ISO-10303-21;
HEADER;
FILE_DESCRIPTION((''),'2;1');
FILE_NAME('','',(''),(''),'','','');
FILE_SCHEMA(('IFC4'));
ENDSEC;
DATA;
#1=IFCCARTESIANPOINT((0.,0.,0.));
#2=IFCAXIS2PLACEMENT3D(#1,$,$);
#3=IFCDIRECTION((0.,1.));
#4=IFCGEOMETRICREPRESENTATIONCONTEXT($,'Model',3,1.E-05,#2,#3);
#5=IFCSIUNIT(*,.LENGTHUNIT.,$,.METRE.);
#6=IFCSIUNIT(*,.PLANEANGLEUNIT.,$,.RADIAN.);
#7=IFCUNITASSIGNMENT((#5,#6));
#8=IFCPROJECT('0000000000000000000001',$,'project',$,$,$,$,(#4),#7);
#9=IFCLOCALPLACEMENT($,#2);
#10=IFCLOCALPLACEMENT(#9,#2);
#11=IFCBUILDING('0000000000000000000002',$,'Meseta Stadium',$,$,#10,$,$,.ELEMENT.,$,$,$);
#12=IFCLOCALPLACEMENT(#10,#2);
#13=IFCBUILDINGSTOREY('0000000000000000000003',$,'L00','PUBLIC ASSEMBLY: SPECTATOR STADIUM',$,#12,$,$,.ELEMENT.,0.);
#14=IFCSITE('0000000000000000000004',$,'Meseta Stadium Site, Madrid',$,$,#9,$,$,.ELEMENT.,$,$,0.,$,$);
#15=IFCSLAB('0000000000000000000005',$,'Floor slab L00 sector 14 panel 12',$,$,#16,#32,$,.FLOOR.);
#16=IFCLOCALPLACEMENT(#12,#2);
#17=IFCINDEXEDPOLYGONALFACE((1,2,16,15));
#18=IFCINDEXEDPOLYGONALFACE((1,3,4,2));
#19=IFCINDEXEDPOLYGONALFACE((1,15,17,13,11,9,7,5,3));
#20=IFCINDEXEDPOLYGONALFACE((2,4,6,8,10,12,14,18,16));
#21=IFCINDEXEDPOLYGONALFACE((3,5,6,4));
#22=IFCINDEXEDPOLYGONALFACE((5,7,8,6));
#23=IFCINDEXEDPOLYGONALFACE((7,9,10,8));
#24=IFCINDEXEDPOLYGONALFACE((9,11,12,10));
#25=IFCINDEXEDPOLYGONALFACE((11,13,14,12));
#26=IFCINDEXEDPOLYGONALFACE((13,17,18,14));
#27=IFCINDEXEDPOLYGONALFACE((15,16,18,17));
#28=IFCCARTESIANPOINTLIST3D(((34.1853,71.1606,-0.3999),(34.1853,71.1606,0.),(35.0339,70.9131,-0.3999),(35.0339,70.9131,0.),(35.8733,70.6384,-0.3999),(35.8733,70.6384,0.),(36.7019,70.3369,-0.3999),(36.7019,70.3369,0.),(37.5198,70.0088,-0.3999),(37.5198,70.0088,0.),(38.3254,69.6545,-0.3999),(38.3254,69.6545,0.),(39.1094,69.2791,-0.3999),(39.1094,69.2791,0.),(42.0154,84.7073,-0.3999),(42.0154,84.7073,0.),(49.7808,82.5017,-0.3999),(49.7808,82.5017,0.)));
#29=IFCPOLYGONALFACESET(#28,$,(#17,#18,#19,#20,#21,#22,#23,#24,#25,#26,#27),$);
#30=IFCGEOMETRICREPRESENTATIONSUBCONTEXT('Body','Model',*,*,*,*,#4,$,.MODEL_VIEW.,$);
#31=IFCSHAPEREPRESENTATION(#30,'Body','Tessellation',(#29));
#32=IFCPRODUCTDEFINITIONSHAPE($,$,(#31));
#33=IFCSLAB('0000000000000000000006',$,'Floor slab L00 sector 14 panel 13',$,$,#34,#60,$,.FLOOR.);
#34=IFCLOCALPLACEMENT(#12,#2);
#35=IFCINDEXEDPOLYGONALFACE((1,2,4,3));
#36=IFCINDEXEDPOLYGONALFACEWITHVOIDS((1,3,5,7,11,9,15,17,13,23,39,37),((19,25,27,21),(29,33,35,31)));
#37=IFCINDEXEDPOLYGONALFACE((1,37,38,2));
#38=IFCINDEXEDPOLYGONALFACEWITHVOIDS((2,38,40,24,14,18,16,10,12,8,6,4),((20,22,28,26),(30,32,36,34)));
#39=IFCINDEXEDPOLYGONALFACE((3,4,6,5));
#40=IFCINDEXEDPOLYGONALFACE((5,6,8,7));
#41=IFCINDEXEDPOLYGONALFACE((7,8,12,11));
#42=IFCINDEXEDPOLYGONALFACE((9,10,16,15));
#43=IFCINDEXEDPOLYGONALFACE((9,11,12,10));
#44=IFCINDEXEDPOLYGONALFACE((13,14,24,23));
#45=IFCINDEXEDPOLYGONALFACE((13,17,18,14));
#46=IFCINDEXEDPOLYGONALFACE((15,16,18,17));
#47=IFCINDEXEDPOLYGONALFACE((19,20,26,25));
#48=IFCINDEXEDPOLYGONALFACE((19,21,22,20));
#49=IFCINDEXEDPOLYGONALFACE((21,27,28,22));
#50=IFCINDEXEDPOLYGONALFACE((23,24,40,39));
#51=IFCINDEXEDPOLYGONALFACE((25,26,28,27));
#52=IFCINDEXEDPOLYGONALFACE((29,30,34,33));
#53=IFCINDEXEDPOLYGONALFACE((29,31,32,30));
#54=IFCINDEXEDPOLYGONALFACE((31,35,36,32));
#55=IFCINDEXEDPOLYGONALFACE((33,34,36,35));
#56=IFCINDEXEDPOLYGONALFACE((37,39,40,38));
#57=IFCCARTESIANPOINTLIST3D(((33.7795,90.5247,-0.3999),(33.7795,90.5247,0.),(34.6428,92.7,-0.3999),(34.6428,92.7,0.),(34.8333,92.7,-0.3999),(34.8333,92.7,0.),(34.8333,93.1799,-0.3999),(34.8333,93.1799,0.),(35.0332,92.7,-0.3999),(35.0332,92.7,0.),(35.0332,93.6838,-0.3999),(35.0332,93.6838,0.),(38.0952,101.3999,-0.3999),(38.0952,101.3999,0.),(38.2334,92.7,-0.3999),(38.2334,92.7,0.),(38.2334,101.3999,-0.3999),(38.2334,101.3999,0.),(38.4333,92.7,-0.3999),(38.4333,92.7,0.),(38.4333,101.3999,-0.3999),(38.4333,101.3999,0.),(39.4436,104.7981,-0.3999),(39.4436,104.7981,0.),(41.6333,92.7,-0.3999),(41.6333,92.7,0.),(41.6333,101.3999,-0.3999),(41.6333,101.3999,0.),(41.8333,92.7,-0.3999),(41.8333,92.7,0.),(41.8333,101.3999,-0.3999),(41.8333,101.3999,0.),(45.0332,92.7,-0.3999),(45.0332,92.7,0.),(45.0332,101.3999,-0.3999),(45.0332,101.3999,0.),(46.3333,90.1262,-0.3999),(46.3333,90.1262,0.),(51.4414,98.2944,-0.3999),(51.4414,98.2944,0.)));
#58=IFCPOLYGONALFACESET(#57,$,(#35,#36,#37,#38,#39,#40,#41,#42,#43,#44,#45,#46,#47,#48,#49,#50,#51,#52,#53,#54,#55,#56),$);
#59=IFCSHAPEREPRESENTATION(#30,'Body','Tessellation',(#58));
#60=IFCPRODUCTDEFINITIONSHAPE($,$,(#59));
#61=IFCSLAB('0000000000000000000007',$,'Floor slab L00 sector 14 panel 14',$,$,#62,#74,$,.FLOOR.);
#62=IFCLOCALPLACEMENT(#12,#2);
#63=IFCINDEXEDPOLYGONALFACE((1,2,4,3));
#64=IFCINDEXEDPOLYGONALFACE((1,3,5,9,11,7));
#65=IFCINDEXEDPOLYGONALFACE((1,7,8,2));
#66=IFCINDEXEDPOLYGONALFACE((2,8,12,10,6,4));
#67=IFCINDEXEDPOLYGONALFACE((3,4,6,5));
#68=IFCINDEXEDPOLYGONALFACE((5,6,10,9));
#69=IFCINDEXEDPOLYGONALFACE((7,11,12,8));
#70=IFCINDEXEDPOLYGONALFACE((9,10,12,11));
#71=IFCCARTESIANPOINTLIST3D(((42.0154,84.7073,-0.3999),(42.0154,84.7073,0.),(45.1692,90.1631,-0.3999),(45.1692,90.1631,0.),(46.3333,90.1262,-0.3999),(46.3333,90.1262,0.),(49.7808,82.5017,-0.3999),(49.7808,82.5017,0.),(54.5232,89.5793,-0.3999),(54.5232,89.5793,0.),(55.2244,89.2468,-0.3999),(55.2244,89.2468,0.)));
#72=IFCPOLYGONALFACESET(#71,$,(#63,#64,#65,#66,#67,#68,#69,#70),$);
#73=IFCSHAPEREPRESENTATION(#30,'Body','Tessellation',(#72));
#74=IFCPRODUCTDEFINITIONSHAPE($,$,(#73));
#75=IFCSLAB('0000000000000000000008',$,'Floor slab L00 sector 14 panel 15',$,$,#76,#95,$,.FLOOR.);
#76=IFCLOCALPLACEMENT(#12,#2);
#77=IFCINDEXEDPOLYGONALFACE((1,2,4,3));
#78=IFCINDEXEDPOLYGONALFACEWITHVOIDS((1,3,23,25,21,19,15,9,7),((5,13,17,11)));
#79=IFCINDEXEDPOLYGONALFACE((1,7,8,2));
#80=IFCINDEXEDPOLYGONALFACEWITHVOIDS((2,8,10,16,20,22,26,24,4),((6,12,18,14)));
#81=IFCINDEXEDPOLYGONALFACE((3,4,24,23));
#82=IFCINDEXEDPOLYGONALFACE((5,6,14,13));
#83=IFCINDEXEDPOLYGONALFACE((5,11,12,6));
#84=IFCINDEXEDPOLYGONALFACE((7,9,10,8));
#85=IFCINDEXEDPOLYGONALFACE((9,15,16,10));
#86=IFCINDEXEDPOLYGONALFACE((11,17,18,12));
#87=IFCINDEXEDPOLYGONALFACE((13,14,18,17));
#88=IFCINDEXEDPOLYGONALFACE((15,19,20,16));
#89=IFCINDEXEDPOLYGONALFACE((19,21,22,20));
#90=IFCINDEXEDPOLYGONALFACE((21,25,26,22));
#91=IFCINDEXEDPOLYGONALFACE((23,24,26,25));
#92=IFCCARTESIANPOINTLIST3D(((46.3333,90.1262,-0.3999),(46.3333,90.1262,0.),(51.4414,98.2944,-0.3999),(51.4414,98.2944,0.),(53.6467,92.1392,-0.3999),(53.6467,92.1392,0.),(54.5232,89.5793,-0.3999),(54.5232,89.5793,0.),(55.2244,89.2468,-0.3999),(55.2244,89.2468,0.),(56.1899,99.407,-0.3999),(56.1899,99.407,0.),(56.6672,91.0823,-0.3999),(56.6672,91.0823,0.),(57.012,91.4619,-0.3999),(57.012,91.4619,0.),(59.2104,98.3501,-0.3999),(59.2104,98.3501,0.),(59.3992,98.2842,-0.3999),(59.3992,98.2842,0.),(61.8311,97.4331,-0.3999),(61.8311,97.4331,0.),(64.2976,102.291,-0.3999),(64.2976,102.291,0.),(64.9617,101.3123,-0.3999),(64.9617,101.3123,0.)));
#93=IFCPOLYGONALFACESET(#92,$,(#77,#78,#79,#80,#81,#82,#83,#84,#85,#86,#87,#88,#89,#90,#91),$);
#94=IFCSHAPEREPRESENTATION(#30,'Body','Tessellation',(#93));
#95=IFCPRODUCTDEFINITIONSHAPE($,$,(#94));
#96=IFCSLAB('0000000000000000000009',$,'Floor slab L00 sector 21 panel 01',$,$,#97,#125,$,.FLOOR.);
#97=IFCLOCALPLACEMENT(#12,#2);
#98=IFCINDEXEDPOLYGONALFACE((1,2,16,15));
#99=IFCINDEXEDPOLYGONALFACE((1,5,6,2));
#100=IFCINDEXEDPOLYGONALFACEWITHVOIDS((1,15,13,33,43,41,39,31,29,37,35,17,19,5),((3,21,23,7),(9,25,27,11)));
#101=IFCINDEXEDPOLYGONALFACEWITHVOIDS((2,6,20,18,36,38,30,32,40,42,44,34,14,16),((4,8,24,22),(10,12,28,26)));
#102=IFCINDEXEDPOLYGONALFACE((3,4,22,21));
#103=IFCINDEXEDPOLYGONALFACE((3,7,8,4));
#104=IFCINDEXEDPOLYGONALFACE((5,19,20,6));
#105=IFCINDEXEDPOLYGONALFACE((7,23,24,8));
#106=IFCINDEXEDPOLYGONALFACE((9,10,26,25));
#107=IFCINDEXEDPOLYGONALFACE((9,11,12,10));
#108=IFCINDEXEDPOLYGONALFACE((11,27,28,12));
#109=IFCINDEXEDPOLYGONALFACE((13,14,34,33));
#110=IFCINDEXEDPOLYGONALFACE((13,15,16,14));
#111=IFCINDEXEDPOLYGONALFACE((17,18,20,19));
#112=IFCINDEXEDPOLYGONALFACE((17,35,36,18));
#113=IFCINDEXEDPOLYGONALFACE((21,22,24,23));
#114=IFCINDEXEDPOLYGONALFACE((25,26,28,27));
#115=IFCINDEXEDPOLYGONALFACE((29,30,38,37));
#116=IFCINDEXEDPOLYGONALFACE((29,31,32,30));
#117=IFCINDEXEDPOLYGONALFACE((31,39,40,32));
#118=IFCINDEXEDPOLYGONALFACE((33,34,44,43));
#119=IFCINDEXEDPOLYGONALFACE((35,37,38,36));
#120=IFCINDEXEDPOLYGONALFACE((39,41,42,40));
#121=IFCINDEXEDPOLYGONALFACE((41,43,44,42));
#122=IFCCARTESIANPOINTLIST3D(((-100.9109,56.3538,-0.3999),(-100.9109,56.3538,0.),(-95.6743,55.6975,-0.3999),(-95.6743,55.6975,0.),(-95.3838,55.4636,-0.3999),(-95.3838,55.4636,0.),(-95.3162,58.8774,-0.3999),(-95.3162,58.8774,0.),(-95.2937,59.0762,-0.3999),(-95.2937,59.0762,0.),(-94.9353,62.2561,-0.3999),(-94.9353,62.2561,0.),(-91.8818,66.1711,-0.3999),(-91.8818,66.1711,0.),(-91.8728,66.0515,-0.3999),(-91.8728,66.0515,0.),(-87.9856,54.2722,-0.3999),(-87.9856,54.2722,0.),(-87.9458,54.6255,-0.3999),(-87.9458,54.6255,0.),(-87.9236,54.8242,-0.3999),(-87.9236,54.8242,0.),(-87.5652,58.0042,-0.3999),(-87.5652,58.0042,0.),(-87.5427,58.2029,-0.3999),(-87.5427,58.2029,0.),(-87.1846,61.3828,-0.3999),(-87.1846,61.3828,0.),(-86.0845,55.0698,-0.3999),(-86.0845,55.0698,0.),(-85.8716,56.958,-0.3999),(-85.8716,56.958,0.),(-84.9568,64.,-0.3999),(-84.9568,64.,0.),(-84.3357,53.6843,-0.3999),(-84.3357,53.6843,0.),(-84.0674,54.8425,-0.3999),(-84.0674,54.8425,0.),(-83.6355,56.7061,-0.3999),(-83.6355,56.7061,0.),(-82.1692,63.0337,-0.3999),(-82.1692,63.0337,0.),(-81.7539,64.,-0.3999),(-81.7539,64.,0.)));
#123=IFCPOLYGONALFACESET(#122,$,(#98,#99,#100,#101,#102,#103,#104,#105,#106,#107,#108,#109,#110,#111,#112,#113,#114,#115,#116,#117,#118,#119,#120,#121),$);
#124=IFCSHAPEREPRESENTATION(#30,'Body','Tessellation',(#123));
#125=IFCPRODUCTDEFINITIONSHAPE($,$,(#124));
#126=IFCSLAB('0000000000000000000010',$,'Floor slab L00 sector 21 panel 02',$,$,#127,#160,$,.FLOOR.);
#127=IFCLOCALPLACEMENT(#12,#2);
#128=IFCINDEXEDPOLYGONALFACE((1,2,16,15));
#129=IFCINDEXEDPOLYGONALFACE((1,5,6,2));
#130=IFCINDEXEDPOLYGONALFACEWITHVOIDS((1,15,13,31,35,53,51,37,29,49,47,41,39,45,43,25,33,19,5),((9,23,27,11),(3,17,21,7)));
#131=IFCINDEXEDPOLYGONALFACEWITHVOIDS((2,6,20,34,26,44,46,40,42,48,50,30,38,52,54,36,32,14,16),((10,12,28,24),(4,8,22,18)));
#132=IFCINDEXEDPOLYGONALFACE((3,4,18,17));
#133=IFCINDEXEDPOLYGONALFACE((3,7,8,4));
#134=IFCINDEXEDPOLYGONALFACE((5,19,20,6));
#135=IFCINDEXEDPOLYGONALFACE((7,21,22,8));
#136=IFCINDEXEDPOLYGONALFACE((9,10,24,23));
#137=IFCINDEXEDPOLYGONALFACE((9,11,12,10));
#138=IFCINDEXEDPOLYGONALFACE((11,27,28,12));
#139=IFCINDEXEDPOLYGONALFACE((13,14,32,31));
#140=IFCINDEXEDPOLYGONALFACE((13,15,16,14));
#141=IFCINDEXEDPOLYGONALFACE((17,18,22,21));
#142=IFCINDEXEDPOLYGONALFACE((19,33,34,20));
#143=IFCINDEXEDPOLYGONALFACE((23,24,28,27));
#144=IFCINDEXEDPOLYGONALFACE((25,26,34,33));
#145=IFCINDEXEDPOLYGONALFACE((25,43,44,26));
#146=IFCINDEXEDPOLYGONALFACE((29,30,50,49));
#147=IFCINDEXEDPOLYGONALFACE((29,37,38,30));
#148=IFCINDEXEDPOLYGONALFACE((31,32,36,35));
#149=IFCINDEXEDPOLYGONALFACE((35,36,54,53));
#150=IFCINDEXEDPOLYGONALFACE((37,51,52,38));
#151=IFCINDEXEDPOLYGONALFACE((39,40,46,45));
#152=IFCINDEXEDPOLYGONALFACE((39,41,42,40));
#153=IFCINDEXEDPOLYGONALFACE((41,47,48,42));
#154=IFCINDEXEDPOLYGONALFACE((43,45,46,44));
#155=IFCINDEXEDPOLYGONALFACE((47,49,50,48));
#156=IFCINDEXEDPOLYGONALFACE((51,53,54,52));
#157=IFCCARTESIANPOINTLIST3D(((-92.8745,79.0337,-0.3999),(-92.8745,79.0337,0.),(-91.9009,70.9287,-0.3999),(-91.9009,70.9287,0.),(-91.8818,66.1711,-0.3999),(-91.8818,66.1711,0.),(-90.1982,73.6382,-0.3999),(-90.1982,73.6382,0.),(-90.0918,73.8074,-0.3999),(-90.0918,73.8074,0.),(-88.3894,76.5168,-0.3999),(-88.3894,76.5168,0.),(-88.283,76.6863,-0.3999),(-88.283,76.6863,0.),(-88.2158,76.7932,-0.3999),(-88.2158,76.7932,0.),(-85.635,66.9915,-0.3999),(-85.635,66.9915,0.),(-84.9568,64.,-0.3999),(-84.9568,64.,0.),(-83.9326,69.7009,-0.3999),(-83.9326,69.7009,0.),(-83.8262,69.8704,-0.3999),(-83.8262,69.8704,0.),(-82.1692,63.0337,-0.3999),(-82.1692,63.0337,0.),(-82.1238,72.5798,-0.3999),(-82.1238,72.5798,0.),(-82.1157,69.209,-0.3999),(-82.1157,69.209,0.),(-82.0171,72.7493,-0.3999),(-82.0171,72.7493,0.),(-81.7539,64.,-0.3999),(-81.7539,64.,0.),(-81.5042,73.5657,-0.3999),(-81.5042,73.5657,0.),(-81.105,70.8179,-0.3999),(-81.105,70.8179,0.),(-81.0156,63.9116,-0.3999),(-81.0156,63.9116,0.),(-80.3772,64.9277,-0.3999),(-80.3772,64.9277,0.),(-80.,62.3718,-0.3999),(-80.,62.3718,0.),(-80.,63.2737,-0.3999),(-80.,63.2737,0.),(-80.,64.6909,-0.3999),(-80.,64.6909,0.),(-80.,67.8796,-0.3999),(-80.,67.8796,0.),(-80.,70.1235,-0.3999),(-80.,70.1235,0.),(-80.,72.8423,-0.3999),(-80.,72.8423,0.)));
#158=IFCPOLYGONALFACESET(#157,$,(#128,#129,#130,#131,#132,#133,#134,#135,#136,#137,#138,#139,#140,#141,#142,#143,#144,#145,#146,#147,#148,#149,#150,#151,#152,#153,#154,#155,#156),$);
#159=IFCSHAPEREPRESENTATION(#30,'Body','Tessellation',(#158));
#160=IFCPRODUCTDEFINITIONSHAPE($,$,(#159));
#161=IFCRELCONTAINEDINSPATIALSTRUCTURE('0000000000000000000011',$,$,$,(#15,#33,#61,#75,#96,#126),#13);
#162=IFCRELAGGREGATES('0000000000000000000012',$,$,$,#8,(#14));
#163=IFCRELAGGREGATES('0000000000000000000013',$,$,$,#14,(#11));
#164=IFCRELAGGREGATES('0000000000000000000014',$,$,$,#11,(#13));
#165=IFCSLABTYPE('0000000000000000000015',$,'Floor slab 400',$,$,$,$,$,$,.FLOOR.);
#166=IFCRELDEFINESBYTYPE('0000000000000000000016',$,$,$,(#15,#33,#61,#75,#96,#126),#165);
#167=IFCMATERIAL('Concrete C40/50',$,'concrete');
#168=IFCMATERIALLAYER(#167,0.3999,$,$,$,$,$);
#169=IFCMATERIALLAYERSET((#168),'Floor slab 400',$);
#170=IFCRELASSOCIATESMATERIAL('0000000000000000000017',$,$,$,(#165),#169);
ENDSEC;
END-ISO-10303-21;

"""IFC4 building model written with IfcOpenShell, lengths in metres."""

from ifc_helpers import new_model, si_unit, direction, frame, origin, place, context, subcontext, project, spatial, polyline, outline, extrude, material, layer, layer_set, type_object, element, save


model = new_model("IFC4")

# Units and contexts
model_context = context("Model", 3, precision=1e-05, world=origin(), true_north=direction((0.0, 1.0)))
body_context = subcontext(model_context, "Body", "Model", "MODEL_VIEW")
ifc_project = project(units=[si_unit("LENGTHUNIT", "METRE"), si_unit("PLANEANGLEUNIT", "RADIAN")], contexts=[model_context])

# Site, building, storey
site_placement = place(None, origin())
site = spatial("IfcSite", under=ifc_project, at=site_placement, Name="Meseta Stadium Site, Madrid", CompositionType="ELEMENT", RefElevation=0.0)
building_placement = place(site_placement, origin())
building = spatial("IfcBuilding", under=site, at=building_placement, Name="Meseta Stadium", CompositionType="ELEMENT")
storey_placement = place(building_placement, origin())
storey = spatial("IfcBuildingStorey", under=building, at=storey_placement, Name="L00", Description="PUBLIC ASSEMBLY: SPECTATOR STADIUM", CompositionType="ELEMENT", Elevation=0.0)

# Slabs
ifc_material = material(Name="Concrete C40/50", Category="concrete")
ifc_layer = layer(ifc_material, 0.3999)
ifc_layer_set = layer_set([ifc_layer], Name="Floor slab 400")
slab_type = type_object("IfcSlabType", Name="Floor slab 400", PredefinedType="FLOOR", material=ifc_layer_set)
slab_1_placement = place(storey_placement, frame((0.0, 0.0, -0.3999)))
element("IfcSlab", 1, at=slab_1_placement, inside=storey, type_object=slab_type, Name="Floor slab L00 sector 14 panel 12", PredefinedType="FLOOR", context=body_context, shape_type="SweptSolid", body=[
    extrude(outline(polyline([(42.0154, 84.7073), (34.1853, 71.1606), (35.0339, 70.9131), (35.8733, 70.6384), (36.7019, 70.3369), (37.5198, 70.0088), (38.3254, 69.6545), (39.1094, 69.2791), (49.7808, 82.5017), (42.0154, 84.7073)])), origin(), (0.0, 0.0, 1.0), 0.3999),
])
slab_2_placement = place(storey_placement, frame((0.0, 0.0, -0.3999)))
element("IfcSlab", 2, at=slab_2_placement, inside=storey, type_object=slab_type, Name="Floor slab L00 sector 14 panel 13", PredefinedType="FLOOR", context=body_context, shape_type="SweptSolid", body=[
    extrude(outline(polyline([(34.6428, 92.7), (33.7795, 90.5247), (46.3333, 90.1262), (51.4414, 98.2944), (39.4436, 104.7981), (38.0952, 101.3999), (38.2334, 101.3999), (38.2334, 92.7), (35.0332, 92.7), (35.0332, 93.6838), (34.8333, 93.1799), (34.8333, 92.7), (34.6428, 92.7)]), holes=[polyline([(38.4333, 101.3999), (41.6333, 101.3999), (41.6333, 92.7), (38.4333, 92.7), (38.4333, 101.3999)]), polyline([(41.8333, 101.3999), (45.0332, 101.3999), (45.0332, 92.7), (41.8333, 92.7), (41.8333, 101.3999)])]), origin(), (0.0, 0.0, 1.0), 0.3999),
])
slab_3_placement = place(storey_placement, frame((0.0, 0.0, -0.3999)))
element("IfcSlab", 3, at=slab_3_placement, inside=storey, type_object=slab_type, Name="Floor slab L00 sector 14 panel 14", PredefinedType="FLOOR", context=body_context, shape_type="SweptSolid", body=[
    extrude(outline(polyline([(42.0154, 84.7073), (49.7808, 82.5017), (55.2244, 89.2468), (54.5232, 89.5793), (46.3333, 90.1262), (45.1692, 90.1631), (42.0154, 84.7073)])), origin(), (0.0, 0.0, 1.0), 0.3999),
])
slab_4_placement = place(storey_placement, frame((0.0, 0.0, -0.3999)))
element("IfcSlab", 4, at=slab_4_placement, inside=storey, type_object=slab_type, Name="Floor slab L00 sector 14 panel 15", PredefinedType="FLOOR", context=body_context, shape_type="SweptSolid", body=[
    extrude(outline(polyline([(59.3992, 98.2842), (61.8311, 97.4331), (64.9617, 101.3123), (64.2976, 102.291), (51.4414, 98.2944), (46.3333, 90.1262), (54.5232, 89.5793), (55.2244, 89.2468), (57.012, 91.4619), (59.3992, 98.2842)]), holes=[polyline([(56.6672, 91.0823), (53.6467, 92.1392), (56.1899, 99.407), (59.2104, 98.3501), (56.6672, 91.0823)])]), origin(), (0.0, 0.0, 1.0), 0.3999),
])
slab_5_placement = place(storey_placement, frame((0.0, 0.0, -0.3999)))
element("IfcSlab", 5, at=slab_5_placement, inside=storey, type_object=slab_type, Name="Floor slab L00 sector 21 panel 01", PredefinedType="FLOOR", context=body_context, shape_type="SweptSolid", body=[
    extrude(outline(polyline([(-87.9458, 54.6255), (-87.9856, 54.2722), (-84.3357, 53.6843), (-84.0674, 54.8425), (-86.0845, 55.0698), (-85.8716, 56.958), (-83.6355, 56.7061), (-82.1692, 63.0337), (-81.7539, 64.0), (-84.9568, 64.0), (-91.8818, 66.1711), (-91.8728, 66.0515), (-100.9109, 56.3538), (-95.3838, 55.4636), (-87.9458, 54.6255)]), holes=[polyline([(-95.6743, 55.6975), (-95.3162, 58.8774), (-87.5652, 58.0042), (-87.9236, 54.8242), (-95.6743, 55.6975)]), polyline([(-95.2937, 59.0762), (-94.9353, 62.2561), (-87.1846, 61.3828), (-87.5427, 58.2029), (-95.2937, 59.0762)])]), origin(), (0.0, 0.0, 1.0), 0.3999),
])
slab_6_placement = place(storey_placement, frame((0.0, 0.0, -0.3999)))
element("IfcSlab", 6, at=slab_6_placement, inside=storey, type_object=slab_type, Name="Floor slab L00 sector 21 panel 02", PredefinedType="FLOOR", context=body_context, shape_type="SweptSolid", body=[
    extrude(outline(polyline([(-80.0, 70.1235), (-80.0, 72.8423), (-81.5042, 73.5657), (-82.0171, 72.7493), (-88.283, 76.6863), (-88.2158, 76.7932), (-92.8745, 79.0337), (-91.8818, 66.1711), (-84.9568, 64.0), (-81.7539, 64.0), (-82.1692, 63.0337), (-80.0, 62.3718), (-80.0, 63.2737), (-81.0156, 63.9116), (-80.3772, 64.9277), (-80.0, 64.6909), (-80.0, 67.8796), (-82.1157, 69.209), (-81.105, 70.8179), (-80.0, 70.1235)]), holes=[polyline([(-91.9009, 70.9287), (-90.1982, 73.6382), (-83.9326, 69.7009), (-85.635, 66.9915), (-91.9009, 70.9287)]), polyline([(-90.0918, 73.8074), (-88.3894, 76.5168), (-82.1238, 72.5798), (-83.8262, 69.8704), (-90.0918, 73.8074)])]), origin(), (0.0, 0.0, 1.0), 0.3999),
])

save(model, "model.ifc")
